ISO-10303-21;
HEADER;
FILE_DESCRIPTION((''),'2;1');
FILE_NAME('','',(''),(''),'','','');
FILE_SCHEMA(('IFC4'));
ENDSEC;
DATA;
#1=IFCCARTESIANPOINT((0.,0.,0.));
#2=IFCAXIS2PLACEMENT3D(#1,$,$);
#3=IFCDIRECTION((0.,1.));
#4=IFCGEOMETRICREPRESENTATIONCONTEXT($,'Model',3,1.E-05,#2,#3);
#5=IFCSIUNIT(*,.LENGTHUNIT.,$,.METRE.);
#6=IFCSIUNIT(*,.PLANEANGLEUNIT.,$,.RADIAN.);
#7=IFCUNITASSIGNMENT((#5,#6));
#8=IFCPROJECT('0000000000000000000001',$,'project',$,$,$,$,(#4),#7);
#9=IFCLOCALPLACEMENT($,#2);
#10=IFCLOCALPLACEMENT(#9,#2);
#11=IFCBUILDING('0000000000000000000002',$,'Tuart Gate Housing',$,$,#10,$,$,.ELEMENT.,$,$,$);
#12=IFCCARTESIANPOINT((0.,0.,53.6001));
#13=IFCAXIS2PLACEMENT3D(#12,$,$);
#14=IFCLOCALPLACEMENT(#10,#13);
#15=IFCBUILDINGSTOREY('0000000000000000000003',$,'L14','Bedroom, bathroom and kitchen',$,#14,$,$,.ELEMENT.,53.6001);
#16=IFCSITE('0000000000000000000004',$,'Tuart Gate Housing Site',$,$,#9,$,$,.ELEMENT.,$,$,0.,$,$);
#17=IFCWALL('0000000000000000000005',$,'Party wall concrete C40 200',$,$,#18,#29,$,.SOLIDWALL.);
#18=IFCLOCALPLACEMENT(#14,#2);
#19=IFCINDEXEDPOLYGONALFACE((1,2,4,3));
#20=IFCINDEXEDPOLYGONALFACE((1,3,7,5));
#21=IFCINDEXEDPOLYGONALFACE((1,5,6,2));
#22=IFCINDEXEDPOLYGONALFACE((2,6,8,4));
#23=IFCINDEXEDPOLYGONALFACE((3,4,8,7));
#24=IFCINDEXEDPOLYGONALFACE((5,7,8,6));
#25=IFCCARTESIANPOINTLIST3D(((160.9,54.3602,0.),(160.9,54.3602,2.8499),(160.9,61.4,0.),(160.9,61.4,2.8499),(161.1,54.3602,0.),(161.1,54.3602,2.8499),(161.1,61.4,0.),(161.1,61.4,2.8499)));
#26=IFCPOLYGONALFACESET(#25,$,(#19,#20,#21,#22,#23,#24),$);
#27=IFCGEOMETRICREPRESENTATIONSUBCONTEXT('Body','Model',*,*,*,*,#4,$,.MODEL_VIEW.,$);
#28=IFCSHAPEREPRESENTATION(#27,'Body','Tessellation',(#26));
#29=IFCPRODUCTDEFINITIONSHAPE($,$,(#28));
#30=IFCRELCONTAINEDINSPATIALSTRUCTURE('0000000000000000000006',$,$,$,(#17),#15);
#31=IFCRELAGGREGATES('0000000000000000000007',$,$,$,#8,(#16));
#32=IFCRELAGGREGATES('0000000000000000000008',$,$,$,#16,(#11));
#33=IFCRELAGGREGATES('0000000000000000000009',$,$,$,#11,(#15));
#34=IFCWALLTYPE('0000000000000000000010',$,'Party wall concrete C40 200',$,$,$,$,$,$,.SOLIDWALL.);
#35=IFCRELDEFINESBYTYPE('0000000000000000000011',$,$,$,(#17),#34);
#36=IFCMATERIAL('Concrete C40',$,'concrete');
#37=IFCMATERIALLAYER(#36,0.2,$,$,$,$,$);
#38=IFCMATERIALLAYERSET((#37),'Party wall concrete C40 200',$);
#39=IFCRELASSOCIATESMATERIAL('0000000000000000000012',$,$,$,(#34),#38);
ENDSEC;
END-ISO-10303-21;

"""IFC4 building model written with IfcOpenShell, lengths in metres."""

from ifc_helpers import new_model, si_unit, direction, frame, frame_2d, origin, place, context, subcontext, project, spatial, rectangle, extrude, material, layer, layer_set, type_object, element, save


model = new_model("IFC4")

# Units and contexts
model_context = context("Model", 3, precision=1e-05, world=origin(), true_north=direction((0.0, 1.0)))
body_context = subcontext(model_context, "Body", "Model", "MODEL_VIEW")
ifc_project = project(units=[si_unit("LENGTHUNIT", "METRE"), si_unit("PLANEANGLEUNIT", "RADIAN")], contexts=[model_context])

# Site, building, storey
site_placement = place(None, origin())
site = spatial("IfcSite", under=ifc_project, at=site_placement, Name="Tuart Gate Housing Site", CompositionType="ELEMENT", RefElevation=0.0)
building_placement = place(site_placement, origin())
building = spatial("IfcBuilding", under=site, at=building_placement, Name="Tuart Gate Housing", CompositionType="ELEMENT")
storey_placement = place(building_placement, frame((0.0, 0.0, 53.6001)))
storey = spatial("IfcBuildingStorey", under=building, at=storey_placement, Name="L14", Description="Bedroom, bathroom and kitchen", CompositionType="ELEMENT", Elevation=53.6001)

# Wall
ifc_material_1 = material(Name="Concrete C40", Category="concrete")
ifc_layer_1 = layer(ifc_material_1, 0.2)
ifc_layer_set_1 = layer_set([ifc_layer_1], Name="Party wall concrete C40 200")
wall_type_1 = type_object("IfcWallType", Name="Party wall concrete C40 200", PredefinedType="SOLIDWALL", material=ifc_layer_set_1)
wall_1_placement = place(storey_placement, frame((161.0, 54.3601, 0.0), z_axis=(0.0, 0.0, 1.0), x_axis=(0.0, 1.0, 0.0)))
element("IfcWall", 1, at=wall_1_placement, inside=storey, type_object=wall_type_1, Name="Party wall concrete C40 200", PredefinedType="SOLIDWALL", context=body_context, shape_type="SweptSolid", body=[
    extrude(rectangle(XDim=7.0398, YDim=0.2, at=frame_2d((3.52, 0.0))), origin(), (0.0, 0.0, 1.0), 2.8499),
])

save(model, "model.ifc")
